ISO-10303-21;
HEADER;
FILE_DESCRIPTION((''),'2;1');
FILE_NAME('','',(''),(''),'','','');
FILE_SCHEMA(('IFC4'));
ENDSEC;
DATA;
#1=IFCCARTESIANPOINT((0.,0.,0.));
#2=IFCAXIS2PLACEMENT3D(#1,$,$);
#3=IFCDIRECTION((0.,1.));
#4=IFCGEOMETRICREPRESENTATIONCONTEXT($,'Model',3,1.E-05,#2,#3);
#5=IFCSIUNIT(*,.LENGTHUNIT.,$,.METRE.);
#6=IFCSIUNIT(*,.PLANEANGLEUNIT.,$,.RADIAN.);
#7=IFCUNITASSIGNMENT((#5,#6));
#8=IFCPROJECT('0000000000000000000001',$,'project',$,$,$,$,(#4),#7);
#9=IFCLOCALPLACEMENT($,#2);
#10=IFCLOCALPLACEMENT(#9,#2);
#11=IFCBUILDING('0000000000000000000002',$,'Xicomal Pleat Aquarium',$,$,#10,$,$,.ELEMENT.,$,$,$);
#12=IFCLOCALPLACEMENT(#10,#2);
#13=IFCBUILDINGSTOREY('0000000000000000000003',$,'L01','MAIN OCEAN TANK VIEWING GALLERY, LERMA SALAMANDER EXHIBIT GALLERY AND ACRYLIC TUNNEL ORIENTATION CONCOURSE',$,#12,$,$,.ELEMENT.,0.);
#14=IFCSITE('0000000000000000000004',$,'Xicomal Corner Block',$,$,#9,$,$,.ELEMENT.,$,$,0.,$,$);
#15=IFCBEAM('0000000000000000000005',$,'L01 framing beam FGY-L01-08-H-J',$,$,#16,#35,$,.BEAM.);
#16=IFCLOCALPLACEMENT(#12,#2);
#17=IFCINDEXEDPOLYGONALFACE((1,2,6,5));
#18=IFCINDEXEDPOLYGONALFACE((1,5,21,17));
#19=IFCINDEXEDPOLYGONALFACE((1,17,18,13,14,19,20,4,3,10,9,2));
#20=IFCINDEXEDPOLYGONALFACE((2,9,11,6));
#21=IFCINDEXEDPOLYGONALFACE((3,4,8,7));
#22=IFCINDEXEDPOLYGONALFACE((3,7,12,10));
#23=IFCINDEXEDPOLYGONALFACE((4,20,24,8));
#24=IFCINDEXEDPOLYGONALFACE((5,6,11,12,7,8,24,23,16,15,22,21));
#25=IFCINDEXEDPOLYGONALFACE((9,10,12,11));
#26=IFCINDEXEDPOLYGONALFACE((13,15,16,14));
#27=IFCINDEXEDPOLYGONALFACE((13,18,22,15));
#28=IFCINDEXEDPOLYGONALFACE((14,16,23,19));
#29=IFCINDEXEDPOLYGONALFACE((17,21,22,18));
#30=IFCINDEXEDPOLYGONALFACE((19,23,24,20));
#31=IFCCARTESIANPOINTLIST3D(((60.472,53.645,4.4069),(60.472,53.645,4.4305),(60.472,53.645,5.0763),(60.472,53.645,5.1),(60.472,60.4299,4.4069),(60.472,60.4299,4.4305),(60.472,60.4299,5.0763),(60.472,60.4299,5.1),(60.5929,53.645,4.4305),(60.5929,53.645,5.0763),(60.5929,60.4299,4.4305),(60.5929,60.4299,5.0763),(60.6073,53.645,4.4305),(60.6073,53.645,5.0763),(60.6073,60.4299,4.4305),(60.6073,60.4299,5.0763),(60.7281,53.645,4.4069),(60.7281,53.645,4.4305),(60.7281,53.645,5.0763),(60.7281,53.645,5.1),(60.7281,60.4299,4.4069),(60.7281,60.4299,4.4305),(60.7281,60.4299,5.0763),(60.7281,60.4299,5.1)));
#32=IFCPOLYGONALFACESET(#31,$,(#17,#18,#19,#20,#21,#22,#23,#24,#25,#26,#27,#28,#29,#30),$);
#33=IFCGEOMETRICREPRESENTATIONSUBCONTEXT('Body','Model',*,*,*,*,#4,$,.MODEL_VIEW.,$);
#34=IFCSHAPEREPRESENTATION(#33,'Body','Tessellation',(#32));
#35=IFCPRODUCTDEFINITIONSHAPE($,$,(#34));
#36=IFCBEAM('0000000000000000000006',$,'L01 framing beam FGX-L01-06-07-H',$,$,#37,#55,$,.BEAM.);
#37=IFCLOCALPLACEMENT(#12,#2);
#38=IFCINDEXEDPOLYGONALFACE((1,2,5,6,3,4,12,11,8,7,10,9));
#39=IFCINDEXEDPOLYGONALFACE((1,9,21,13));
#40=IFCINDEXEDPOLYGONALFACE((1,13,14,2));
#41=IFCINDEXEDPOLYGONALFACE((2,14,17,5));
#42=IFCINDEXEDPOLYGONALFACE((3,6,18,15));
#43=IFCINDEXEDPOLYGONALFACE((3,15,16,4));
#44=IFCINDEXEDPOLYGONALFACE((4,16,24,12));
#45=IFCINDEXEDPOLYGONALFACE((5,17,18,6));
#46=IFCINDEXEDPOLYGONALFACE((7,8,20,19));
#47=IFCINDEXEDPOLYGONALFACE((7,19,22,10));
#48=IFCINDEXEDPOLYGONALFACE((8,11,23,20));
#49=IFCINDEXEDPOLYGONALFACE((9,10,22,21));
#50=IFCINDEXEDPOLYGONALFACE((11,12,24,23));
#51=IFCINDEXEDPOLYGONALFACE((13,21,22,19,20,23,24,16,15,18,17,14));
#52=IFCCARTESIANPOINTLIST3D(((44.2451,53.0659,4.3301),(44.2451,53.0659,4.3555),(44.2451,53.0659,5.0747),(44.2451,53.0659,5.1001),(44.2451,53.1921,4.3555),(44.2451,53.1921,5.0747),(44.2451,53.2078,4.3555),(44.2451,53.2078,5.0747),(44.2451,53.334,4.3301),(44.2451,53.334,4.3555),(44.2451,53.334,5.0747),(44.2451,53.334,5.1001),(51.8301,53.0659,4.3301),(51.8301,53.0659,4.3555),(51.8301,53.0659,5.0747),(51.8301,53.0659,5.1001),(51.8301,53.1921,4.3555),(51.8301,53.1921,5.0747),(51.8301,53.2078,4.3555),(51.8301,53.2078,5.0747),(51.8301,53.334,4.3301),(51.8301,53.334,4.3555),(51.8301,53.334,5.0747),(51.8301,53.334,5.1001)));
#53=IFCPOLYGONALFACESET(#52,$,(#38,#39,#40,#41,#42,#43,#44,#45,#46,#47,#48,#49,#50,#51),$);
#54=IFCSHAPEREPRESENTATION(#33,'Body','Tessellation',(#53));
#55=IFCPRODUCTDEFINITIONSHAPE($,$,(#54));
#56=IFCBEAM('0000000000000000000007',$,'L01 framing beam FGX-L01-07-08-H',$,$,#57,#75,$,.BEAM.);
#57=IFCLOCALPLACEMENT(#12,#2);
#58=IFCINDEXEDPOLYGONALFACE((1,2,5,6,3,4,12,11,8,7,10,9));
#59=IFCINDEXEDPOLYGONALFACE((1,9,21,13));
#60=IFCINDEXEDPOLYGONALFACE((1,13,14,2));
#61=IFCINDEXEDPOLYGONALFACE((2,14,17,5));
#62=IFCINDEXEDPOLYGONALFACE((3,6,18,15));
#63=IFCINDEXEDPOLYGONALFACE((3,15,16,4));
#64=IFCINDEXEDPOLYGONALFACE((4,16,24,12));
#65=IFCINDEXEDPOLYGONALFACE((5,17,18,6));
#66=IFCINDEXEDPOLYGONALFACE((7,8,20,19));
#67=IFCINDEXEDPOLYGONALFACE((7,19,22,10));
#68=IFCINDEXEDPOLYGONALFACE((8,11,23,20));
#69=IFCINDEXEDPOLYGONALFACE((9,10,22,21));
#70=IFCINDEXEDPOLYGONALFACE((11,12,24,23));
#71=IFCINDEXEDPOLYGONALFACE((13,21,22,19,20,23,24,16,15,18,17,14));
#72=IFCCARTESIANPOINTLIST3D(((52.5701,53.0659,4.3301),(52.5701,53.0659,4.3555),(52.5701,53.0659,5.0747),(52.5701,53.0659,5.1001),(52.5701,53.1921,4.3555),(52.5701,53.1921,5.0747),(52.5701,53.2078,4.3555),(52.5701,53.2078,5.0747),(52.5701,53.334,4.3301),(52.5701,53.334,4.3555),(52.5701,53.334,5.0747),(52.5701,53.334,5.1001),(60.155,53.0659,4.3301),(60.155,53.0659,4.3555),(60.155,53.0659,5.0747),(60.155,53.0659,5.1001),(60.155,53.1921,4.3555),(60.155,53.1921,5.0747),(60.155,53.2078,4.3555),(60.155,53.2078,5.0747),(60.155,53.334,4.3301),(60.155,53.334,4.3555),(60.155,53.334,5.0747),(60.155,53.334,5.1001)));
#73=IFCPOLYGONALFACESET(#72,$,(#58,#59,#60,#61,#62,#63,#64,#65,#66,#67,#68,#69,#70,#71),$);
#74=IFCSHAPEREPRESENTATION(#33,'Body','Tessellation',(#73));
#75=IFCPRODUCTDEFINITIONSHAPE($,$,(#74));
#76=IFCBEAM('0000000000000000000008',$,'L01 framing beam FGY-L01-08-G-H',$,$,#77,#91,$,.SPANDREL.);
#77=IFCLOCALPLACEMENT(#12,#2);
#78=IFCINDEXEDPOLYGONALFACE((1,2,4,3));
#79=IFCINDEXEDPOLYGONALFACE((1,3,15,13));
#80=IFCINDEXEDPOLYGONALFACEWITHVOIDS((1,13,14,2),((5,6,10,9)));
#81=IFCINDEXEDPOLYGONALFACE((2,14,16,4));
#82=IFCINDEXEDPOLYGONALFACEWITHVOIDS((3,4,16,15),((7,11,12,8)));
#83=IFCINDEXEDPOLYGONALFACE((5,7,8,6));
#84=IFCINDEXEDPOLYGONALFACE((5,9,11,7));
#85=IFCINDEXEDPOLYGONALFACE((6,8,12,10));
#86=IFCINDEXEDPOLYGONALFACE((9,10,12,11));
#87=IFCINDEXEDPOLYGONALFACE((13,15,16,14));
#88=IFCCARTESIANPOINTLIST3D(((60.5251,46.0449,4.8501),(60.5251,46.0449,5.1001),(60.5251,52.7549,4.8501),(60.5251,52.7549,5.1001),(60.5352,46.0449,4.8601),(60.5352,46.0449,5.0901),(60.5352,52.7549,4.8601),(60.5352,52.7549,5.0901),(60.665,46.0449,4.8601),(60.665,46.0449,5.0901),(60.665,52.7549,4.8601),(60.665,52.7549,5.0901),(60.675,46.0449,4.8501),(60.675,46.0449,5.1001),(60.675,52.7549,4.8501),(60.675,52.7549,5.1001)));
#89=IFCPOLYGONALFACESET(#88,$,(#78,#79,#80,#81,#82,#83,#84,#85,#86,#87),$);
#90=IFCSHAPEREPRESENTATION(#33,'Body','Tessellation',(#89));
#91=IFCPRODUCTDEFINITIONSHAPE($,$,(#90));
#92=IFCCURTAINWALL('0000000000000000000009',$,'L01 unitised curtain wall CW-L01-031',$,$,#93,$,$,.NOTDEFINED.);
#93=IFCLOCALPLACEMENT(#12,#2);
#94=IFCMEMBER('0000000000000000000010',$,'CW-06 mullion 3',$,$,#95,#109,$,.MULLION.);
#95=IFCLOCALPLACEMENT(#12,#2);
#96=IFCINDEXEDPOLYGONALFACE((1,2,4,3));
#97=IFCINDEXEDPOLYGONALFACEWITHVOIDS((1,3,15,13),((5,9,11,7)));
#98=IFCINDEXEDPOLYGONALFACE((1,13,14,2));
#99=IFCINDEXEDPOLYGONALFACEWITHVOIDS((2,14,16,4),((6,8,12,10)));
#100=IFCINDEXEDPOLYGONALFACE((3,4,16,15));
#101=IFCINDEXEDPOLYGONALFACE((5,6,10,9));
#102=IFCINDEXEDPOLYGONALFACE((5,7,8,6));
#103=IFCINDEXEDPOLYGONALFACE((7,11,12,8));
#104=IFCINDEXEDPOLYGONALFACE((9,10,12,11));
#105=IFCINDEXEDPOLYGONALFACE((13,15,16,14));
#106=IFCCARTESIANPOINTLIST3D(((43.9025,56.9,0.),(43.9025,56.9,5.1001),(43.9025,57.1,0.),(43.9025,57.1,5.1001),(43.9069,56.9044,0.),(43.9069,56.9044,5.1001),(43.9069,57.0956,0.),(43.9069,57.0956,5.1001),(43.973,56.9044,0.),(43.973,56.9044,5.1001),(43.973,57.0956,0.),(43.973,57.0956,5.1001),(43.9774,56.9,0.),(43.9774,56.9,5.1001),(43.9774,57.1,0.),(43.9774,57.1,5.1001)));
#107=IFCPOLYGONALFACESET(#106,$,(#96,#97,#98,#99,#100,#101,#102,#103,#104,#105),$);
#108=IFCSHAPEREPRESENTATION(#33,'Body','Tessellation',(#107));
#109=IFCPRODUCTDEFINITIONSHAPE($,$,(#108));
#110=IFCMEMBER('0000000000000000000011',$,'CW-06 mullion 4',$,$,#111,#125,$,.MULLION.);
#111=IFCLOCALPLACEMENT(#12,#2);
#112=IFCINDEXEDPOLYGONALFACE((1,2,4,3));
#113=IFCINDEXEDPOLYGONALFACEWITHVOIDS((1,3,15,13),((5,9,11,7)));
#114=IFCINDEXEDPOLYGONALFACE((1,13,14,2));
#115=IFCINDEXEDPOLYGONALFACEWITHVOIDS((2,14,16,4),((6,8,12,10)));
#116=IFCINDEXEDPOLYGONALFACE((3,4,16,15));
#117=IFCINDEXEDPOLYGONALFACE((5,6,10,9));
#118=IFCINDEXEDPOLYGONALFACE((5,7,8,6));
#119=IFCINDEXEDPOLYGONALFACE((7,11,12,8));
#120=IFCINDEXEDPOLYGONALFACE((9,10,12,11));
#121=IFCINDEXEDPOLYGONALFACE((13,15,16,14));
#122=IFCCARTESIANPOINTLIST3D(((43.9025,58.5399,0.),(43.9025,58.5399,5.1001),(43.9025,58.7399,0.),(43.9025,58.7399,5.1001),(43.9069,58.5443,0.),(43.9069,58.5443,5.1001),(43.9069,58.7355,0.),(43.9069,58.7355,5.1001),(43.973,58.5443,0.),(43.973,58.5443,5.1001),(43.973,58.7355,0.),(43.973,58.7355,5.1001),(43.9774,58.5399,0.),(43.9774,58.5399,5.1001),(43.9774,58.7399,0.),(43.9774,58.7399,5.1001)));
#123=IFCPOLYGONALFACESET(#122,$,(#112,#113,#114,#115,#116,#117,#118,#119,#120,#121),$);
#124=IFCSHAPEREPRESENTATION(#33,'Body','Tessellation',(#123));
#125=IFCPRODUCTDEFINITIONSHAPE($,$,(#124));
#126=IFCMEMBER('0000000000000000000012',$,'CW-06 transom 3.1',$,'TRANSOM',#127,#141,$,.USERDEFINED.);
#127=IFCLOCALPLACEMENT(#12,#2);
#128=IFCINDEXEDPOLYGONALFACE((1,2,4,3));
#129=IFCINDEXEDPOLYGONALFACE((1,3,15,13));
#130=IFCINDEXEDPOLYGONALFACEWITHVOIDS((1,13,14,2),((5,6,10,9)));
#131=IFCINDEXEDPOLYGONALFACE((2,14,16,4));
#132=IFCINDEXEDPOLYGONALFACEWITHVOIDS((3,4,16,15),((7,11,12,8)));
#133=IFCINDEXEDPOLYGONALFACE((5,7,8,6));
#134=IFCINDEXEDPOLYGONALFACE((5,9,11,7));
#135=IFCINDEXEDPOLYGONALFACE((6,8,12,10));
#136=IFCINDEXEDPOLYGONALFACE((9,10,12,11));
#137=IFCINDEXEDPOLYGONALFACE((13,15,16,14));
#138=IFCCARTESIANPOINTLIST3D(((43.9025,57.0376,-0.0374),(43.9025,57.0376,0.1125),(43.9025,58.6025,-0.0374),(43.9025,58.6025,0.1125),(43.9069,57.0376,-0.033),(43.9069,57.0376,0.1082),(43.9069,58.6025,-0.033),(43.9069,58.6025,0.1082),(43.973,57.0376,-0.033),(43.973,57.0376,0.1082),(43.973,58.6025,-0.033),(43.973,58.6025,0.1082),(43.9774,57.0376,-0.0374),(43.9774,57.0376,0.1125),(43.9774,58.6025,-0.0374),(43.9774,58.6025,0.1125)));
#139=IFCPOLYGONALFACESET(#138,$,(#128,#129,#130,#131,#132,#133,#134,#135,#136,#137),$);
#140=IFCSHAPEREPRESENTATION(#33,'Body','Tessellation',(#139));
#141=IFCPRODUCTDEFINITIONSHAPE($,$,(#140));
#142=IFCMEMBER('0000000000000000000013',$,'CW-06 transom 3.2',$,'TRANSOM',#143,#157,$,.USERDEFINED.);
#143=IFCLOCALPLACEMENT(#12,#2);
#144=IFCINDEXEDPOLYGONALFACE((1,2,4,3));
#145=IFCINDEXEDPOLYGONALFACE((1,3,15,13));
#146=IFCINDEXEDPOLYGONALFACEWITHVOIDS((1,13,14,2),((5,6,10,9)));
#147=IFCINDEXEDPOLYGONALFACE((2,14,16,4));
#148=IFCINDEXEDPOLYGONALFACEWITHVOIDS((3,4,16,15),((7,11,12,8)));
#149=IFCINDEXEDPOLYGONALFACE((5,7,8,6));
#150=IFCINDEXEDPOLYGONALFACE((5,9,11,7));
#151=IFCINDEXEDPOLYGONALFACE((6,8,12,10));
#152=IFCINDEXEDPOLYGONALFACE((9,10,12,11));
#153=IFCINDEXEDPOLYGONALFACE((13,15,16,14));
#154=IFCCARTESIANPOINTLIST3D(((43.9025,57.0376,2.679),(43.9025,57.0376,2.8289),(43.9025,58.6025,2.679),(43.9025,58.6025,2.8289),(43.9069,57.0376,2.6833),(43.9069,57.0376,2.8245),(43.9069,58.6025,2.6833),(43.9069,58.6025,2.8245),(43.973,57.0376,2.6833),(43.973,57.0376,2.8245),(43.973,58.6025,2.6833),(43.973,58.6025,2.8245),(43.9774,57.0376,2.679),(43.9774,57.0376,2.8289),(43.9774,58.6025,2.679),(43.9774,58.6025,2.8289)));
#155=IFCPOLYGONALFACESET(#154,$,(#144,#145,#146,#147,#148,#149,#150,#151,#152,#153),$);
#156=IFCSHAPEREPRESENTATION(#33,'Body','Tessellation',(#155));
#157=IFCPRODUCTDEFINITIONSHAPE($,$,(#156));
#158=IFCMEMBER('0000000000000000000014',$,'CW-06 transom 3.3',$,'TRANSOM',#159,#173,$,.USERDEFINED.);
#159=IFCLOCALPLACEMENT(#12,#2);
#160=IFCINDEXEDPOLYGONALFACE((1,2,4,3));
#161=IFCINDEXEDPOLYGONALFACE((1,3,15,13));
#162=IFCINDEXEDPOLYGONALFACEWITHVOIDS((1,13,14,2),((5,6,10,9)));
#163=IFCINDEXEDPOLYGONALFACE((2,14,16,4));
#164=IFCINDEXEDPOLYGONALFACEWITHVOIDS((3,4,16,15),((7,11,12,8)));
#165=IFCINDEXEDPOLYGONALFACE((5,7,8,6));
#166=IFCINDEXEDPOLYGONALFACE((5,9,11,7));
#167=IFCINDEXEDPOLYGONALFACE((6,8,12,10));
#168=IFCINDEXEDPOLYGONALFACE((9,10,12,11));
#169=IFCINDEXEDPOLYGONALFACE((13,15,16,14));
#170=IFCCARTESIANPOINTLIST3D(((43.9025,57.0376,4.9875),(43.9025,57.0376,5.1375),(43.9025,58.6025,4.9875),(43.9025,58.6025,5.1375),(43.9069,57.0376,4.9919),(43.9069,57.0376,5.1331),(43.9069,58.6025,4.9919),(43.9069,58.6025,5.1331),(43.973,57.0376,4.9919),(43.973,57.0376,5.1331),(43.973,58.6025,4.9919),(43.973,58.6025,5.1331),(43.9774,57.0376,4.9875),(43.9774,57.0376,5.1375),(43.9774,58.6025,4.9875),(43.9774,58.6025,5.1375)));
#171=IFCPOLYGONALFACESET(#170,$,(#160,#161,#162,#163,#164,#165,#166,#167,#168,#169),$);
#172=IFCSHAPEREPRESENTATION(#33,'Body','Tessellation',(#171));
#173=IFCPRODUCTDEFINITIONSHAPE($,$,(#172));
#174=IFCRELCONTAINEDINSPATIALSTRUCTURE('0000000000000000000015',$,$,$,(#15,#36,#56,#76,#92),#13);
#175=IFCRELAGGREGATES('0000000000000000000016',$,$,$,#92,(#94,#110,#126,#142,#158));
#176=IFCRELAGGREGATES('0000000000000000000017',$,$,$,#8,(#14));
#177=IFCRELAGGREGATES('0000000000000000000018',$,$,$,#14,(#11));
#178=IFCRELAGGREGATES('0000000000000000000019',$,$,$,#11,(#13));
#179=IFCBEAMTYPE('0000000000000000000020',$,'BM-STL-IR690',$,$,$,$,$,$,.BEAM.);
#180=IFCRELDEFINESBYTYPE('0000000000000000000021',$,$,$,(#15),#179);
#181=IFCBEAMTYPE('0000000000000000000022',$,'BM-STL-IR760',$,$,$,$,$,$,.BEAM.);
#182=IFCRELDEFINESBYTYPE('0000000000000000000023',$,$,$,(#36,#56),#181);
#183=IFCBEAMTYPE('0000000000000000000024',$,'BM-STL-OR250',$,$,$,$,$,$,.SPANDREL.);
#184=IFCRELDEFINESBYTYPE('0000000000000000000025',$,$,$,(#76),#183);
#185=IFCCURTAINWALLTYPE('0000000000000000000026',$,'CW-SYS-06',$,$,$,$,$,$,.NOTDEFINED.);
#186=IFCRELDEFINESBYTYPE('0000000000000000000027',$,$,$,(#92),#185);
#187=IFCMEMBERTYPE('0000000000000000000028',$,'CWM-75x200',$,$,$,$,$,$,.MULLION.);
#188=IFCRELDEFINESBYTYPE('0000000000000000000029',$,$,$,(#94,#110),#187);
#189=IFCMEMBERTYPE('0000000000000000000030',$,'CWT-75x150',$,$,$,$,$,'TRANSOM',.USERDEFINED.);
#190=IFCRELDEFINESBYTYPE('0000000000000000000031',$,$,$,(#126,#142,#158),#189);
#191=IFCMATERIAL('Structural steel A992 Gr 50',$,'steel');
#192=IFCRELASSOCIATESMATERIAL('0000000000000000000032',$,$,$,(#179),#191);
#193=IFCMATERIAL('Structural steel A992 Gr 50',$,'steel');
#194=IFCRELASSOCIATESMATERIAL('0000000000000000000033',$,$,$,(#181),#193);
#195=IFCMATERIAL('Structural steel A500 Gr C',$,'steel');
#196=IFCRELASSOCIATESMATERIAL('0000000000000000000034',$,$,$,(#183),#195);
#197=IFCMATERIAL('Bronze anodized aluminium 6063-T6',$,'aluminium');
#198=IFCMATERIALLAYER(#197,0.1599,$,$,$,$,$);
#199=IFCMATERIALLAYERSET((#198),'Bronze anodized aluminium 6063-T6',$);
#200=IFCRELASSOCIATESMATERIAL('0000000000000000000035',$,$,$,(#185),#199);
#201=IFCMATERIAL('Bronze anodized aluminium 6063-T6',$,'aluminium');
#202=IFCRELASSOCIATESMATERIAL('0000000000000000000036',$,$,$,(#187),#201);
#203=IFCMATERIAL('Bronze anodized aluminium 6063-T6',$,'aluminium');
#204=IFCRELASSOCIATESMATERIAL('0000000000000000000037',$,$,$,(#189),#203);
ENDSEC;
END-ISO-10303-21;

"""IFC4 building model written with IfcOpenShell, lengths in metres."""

from ifc_helpers import new_model, si_unit, direction, frame, origin, origin_2d, place, context, subcontext, project, spatial, hollow_rectangle, i_section, extrude, material, layer, layer_set, material_profile, profile_set, type_object, element, aggregate, save


model = new_model("IFC4")

# Units and contexts
model_context = context("Model", 3, precision=1e-05, world=origin(), true_north=direction((0.0, 1.0)))
body_context = subcontext(model_context, "Body", "Model", "MODEL_VIEW")
ifc_project = project(units=[si_unit("LENGTHUNIT", "METRE"), si_unit("PLANEANGLEUNIT", "RADIAN")], contexts=[model_context])

# Site, building, storey
site_placement = place(None, origin())
site = spatial("IfcSite", under=ifc_project, at=site_placement, Name="Xicomal Corner Block", CompositionType="ELEMENT", RefElevation=0.0)
building_placement = place(site_placement, origin())
building = spatial("IfcBuilding", under=site, at=building_placement, Name="Xicomal Pleat Aquarium", CompositionType="ELEMENT")
storey_placement = place(building_placement, origin())
storey = spatial("IfcBuildingStorey", under=building, at=storey_placement, Name="L01", Description="MAIN OCEAN TANK VIEWING GALLERY, LERMA SALAMANDER EXHIBIT GALLERY AND ACRYLIC TUNNEL ORIENTATION CONCOURSE", CompositionType="ELEMENT", Elevation=0.0)

# Beams
ifc_material_1 = material(Name="Structural steel A992 Gr 50", Category="steel")
ifc_material_profile_1 = material_profile(ifc_material_1, i_section(OverallWidth=0.2561, OverallDepth=0.6931, WebThickness=0.0144, FlangeThickness=0.0237, at=origin_2d()), Name="IR 690x170")
ifc_profile_set_1 = profile_set([ifc_material_profile_1], Name="Structural steel A992 Gr 50")
beam_type_1 = type_object("IfcBeamType", Name="BM-STL-IR690", PredefinedType="BEAM", material=ifc_profile_set_1)
for number, where, z_axis, x_axis, name in (
    (1, (60.6001, 53.645, 4.7534), (0.0, 1.0, 0.0), (-1.0, 0.0, 0.0), "L01 framing beam FGY-L01-08-H-J"),
):
    element("IfcBeam", number, at=place(storey_placement, frame(where, z_axis=z_axis, x_axis=x_axis)), inside=storey, type_object=beam_type_1, Name=name, PredefinedType="BEAM", context=body_context, shape_type="SweptSolid", body=[
        extrude(i_section(OverallWidth=0.2561, OverallDepth=0.6931, WebThickness=0.0144, FlangeThickness=0.0237, at=origin_2d()), origin(), (0.0, 0.0, 1.0), 6.7849),
    ])
ifc_material_2 = material(Name="Structural steel A992 Gr 50", Category="steel")
ifc_material_profile_2 = material_profile(ifc_material_2, i_section(OverallWidth=0.2681, OverallDepth=0.77, WebThickness=0.0156, FlangeThickness=0.0254, at=origin_2d()), Name="IR 760x196")
ifc_profile_set_2 = profile_set([ifc_material_profile_2], Name="Structural steel A992 Gr 50")
beam_type_2 = type_object("IfcBeamType", Name="BM-STL-IR760", PredefinedType="BEAM", material=ifc_profile_set_2)
for number, where, z_axis, x_axis, name in (
    (2, (44.2451, 53.2, 4.7151), (1.0, 0.0, 0.0), (0.0, 1.0, 0.0), "L01 framing beam FGX-L01-06-07-H"),
    (3, (52.5701, 53.2, 4.7151), (1.0, 0.0, 0.0), (0.0, 1.0, 0.0), "L01 framing beam FGX-L01-07-08-H"),
):
    element("IfcBeam", number, at=place(storey_placement, frame(where, z_axis=z_axis, x_axis=x_axis)), inside=storey, type_object=beam_type_2, Name=name, PredefinedType="BEAM", context=body_context, shape_type="SweptSolid", body=[
        extrude(i_section(OverallWidth=0.2681, OverallDepth=0.77, WebThickness=0.0156, FlangeThickness=0.0254, at=origin_2d()), origin(), (0.0, 0.0, 1.0), 7.585),
    ])
ifc_material_3 = material(Name="Structural steel A500 Gr C", Category="steel")
ifc_material_profile_3 = material_profile(ifc_material_3, hollow_rectangle(XDim=0.1499, YDim=0.25, WallThickness=0.01, at=origin_2d()), Name="OR 250x150x10")
ifc_profile_set_3 = profile_set([ifc_material_profile_3], Name="Structural steel A500 Gr C")
beam_type_3 = type_object("IfcBeamType", Name="BM-STL-OR250", PredefinedType="SPANDREL", material=ifc_profile_set_3)
beam_1_placement = place(storey_placement, frame((60.6001, 46.0449, 4.9751), z_axis=(0.0, 1.0, 0.0), x_axis=(-1.0, 0.0, 0.0)))
element("IfcBeam", 4, at=beam_1_placement, inside=storey, type_object=beam_type_3, Name="L01 framing beam FGY-L01-08-G-H", PredefinedType="SPANDREL", context=body_context, shape_type="SweptSolid", body=[
    extrude(hollow_rectangle(XDim=0.1499, YDim=0.25, WallThickness=0.01, at=origin_2d()), origin(), (0.0, 0.0, 1.0), 6.71),
])

# Curtain wall, members
ifc_material_4 = material(Name="Bronze anodized aluminium 6063-T6", Category="aluminium")
ifc_layer_1 = layer(ifc_material_4, 0.1599)
ifc_layer_set_1 = layer_set([ifc_layer_1], Name="Bronze anodized aluminium 6063-T6")
curtain_wall_type = type_object("IfcCurtainWallType", Name="CW-SYS-06", PredefinedType="NOTDEFINED", material=ifc_layer_set_1)
curtain_wall_placement = place(storey_placement, origin())
curtain_wall = element("IfcCurtainWall", 5, at=curtain_wall_placement, inside=storey, type_object=curtain_wall_type, Name="L01 unitised curtain wall CW-L01-031", PredefinedType="NOTDEFINED")
ifc_material_5 = material(Name="Bronze anodized aluminium 6063-T6", Category="aluminium")
ifc_material_profile_4 = material_profile(ifc_material_5, hollow_rectangle(XDim=0.075, YDim=0.2, WallThickness=0.0044, at=origin_2d()), Name="ALU MULL 75x200")
ifc_profile_set_4 = profile_set([ifc_material_profile_4], Name="Bronze anodized aluminium 6063-T6")
member_type_1 = type_object("IfcMemberType", Name="CWM-75x200", PredefinedType="MULLION", material=ifc_profile_set_4)
member_1_placement = place(storey_placement, frame((43.9399, 57.0, 0.0), z_axis=(0.0, 0.0, 1.0), x_axis=(-1.0, 0.0, 0.0)))
member_1 = element("IfcMember", 6, at=member_1_placement, type_object=member_type_1, Name="CW-06 mullion 3", PredefinedType="MULLION", context=body_context, shape_type="SweptSolid", body=[
    extrude(hollow_rectangle(XDim=0.075, YDim=0.2, WallThickness=0.0044, at=origin_2d()), origin(), (0.0, 0.0, 1.0), 5.1001),
])
member_2_placement = place(storey_placement, frame((43.9399, 58.6399, 0.0), z_axis=(0.0, 0.0, 1.0), x_axis=(-1.0, 0.0, 0.0)))
member_2 = element("IfcMember", 7, at=member_2_placement, type_object=member_type_1, Name="CW-06 mullion 4", PredefinedType="MULLION", context=body_context, shape_type="SweptSolid", body=[
    extrude(hollow_rectangle(XDim=0.075, YDim=0.2, WallThickness=0.0044, at=origin_2d()), origin(), (0.0, 0.0, 1.0), 5.1001),
])
ifc_material_6 = material(Name="Bronze anodized aluminium 6063-T6", Category="aluminium")
ifc_material_profile_5 = material_profile(ifc_material_6, hollow_rectangle(XDim=0.075, YDim=0.1499, WallThickness=0.0044, at=origin_2d()), Name="ALU TRAN 75x150")
ifc_profile_set_5 = profile_set([ifc_material_profile_5], Name="Bronze anodized aluminium 6063-T6")
member_type_2 = type_object("IfcMemberType", Name="CWT-75x150", ElementType="TRANSOM", PredefinedType="USERDEFINED", material=ifc_profile_set_5)
member_3_placement = place(storey_placement, frame((43.9399, 57.0376, 0.0376), z_axis=(0.0, 1.0, 0.0), x_axis=(-1.0, 0.0, 0.0)))
member_3 = element("IfcMember", 8, at=member_3_placement, type_object=member_type_2, Name="CW-06 transom 3.1", ObjectType="TRANSOM", PredefinedType="USERDEFINED", context=body_context, shape_type="SweptSolid", body=[
    extrude(hollow_rectangle(XDim=0.075, YDim=0.1499, WallThickness=0.0044, at=origin_2d()), origin(), (0.0, 0.0, 1.0), 1.5649),
])
member_4_placement = place(storey_placement, frame((43.9399, 57.0376, 2.7539), z_axis=(0.0, 1.0, 0.0), x_axis=(-1.0, 0.0, 0.0)))
member_4 = element("IfcMember", 9, at=member_4_placement, type_object=member_type_2, Name="CW-06 transom 3.2", ObjectType="TRANSOM", PredefinedType="USERDEFINED", context=body_context, shape_type="SweptSolid", body=[
    extrude(hollow_rectangle(XDim=0.075, YDim=0.1499, WallThickness=0.0044, at=origin_2d()), origin(), (0.0, 0.0, 1.0), 1.5649),
])
member_5_placement = place(storey_placement, frame((43.9399, 57.0376, 5.0625), z_axis=(0.0, 1.0, 0.0), x_axis=(-1.0, 0.0, 0.0)))
member_5 = element("IfcMember", 10, at=member_5_placement, type_object=member_type_2, Name="CW-06 transom 3.3", ObjectType="TRANSOM", PredefinedType="USERDEFINED", context=body_context, shape_type="SweptSolid", body=[
    extrude(hollow_rectangle(XDim=0.075, YDim=0.1499, WallThickness=0.0044, at=origin_2d()), origin(), (0.0, 0.0, 1.0), 1.5649),
])
aggregate(curtain_wall, [member_1, member_2, member_3, member_4, member_5])

save(model, "model.ifc")
